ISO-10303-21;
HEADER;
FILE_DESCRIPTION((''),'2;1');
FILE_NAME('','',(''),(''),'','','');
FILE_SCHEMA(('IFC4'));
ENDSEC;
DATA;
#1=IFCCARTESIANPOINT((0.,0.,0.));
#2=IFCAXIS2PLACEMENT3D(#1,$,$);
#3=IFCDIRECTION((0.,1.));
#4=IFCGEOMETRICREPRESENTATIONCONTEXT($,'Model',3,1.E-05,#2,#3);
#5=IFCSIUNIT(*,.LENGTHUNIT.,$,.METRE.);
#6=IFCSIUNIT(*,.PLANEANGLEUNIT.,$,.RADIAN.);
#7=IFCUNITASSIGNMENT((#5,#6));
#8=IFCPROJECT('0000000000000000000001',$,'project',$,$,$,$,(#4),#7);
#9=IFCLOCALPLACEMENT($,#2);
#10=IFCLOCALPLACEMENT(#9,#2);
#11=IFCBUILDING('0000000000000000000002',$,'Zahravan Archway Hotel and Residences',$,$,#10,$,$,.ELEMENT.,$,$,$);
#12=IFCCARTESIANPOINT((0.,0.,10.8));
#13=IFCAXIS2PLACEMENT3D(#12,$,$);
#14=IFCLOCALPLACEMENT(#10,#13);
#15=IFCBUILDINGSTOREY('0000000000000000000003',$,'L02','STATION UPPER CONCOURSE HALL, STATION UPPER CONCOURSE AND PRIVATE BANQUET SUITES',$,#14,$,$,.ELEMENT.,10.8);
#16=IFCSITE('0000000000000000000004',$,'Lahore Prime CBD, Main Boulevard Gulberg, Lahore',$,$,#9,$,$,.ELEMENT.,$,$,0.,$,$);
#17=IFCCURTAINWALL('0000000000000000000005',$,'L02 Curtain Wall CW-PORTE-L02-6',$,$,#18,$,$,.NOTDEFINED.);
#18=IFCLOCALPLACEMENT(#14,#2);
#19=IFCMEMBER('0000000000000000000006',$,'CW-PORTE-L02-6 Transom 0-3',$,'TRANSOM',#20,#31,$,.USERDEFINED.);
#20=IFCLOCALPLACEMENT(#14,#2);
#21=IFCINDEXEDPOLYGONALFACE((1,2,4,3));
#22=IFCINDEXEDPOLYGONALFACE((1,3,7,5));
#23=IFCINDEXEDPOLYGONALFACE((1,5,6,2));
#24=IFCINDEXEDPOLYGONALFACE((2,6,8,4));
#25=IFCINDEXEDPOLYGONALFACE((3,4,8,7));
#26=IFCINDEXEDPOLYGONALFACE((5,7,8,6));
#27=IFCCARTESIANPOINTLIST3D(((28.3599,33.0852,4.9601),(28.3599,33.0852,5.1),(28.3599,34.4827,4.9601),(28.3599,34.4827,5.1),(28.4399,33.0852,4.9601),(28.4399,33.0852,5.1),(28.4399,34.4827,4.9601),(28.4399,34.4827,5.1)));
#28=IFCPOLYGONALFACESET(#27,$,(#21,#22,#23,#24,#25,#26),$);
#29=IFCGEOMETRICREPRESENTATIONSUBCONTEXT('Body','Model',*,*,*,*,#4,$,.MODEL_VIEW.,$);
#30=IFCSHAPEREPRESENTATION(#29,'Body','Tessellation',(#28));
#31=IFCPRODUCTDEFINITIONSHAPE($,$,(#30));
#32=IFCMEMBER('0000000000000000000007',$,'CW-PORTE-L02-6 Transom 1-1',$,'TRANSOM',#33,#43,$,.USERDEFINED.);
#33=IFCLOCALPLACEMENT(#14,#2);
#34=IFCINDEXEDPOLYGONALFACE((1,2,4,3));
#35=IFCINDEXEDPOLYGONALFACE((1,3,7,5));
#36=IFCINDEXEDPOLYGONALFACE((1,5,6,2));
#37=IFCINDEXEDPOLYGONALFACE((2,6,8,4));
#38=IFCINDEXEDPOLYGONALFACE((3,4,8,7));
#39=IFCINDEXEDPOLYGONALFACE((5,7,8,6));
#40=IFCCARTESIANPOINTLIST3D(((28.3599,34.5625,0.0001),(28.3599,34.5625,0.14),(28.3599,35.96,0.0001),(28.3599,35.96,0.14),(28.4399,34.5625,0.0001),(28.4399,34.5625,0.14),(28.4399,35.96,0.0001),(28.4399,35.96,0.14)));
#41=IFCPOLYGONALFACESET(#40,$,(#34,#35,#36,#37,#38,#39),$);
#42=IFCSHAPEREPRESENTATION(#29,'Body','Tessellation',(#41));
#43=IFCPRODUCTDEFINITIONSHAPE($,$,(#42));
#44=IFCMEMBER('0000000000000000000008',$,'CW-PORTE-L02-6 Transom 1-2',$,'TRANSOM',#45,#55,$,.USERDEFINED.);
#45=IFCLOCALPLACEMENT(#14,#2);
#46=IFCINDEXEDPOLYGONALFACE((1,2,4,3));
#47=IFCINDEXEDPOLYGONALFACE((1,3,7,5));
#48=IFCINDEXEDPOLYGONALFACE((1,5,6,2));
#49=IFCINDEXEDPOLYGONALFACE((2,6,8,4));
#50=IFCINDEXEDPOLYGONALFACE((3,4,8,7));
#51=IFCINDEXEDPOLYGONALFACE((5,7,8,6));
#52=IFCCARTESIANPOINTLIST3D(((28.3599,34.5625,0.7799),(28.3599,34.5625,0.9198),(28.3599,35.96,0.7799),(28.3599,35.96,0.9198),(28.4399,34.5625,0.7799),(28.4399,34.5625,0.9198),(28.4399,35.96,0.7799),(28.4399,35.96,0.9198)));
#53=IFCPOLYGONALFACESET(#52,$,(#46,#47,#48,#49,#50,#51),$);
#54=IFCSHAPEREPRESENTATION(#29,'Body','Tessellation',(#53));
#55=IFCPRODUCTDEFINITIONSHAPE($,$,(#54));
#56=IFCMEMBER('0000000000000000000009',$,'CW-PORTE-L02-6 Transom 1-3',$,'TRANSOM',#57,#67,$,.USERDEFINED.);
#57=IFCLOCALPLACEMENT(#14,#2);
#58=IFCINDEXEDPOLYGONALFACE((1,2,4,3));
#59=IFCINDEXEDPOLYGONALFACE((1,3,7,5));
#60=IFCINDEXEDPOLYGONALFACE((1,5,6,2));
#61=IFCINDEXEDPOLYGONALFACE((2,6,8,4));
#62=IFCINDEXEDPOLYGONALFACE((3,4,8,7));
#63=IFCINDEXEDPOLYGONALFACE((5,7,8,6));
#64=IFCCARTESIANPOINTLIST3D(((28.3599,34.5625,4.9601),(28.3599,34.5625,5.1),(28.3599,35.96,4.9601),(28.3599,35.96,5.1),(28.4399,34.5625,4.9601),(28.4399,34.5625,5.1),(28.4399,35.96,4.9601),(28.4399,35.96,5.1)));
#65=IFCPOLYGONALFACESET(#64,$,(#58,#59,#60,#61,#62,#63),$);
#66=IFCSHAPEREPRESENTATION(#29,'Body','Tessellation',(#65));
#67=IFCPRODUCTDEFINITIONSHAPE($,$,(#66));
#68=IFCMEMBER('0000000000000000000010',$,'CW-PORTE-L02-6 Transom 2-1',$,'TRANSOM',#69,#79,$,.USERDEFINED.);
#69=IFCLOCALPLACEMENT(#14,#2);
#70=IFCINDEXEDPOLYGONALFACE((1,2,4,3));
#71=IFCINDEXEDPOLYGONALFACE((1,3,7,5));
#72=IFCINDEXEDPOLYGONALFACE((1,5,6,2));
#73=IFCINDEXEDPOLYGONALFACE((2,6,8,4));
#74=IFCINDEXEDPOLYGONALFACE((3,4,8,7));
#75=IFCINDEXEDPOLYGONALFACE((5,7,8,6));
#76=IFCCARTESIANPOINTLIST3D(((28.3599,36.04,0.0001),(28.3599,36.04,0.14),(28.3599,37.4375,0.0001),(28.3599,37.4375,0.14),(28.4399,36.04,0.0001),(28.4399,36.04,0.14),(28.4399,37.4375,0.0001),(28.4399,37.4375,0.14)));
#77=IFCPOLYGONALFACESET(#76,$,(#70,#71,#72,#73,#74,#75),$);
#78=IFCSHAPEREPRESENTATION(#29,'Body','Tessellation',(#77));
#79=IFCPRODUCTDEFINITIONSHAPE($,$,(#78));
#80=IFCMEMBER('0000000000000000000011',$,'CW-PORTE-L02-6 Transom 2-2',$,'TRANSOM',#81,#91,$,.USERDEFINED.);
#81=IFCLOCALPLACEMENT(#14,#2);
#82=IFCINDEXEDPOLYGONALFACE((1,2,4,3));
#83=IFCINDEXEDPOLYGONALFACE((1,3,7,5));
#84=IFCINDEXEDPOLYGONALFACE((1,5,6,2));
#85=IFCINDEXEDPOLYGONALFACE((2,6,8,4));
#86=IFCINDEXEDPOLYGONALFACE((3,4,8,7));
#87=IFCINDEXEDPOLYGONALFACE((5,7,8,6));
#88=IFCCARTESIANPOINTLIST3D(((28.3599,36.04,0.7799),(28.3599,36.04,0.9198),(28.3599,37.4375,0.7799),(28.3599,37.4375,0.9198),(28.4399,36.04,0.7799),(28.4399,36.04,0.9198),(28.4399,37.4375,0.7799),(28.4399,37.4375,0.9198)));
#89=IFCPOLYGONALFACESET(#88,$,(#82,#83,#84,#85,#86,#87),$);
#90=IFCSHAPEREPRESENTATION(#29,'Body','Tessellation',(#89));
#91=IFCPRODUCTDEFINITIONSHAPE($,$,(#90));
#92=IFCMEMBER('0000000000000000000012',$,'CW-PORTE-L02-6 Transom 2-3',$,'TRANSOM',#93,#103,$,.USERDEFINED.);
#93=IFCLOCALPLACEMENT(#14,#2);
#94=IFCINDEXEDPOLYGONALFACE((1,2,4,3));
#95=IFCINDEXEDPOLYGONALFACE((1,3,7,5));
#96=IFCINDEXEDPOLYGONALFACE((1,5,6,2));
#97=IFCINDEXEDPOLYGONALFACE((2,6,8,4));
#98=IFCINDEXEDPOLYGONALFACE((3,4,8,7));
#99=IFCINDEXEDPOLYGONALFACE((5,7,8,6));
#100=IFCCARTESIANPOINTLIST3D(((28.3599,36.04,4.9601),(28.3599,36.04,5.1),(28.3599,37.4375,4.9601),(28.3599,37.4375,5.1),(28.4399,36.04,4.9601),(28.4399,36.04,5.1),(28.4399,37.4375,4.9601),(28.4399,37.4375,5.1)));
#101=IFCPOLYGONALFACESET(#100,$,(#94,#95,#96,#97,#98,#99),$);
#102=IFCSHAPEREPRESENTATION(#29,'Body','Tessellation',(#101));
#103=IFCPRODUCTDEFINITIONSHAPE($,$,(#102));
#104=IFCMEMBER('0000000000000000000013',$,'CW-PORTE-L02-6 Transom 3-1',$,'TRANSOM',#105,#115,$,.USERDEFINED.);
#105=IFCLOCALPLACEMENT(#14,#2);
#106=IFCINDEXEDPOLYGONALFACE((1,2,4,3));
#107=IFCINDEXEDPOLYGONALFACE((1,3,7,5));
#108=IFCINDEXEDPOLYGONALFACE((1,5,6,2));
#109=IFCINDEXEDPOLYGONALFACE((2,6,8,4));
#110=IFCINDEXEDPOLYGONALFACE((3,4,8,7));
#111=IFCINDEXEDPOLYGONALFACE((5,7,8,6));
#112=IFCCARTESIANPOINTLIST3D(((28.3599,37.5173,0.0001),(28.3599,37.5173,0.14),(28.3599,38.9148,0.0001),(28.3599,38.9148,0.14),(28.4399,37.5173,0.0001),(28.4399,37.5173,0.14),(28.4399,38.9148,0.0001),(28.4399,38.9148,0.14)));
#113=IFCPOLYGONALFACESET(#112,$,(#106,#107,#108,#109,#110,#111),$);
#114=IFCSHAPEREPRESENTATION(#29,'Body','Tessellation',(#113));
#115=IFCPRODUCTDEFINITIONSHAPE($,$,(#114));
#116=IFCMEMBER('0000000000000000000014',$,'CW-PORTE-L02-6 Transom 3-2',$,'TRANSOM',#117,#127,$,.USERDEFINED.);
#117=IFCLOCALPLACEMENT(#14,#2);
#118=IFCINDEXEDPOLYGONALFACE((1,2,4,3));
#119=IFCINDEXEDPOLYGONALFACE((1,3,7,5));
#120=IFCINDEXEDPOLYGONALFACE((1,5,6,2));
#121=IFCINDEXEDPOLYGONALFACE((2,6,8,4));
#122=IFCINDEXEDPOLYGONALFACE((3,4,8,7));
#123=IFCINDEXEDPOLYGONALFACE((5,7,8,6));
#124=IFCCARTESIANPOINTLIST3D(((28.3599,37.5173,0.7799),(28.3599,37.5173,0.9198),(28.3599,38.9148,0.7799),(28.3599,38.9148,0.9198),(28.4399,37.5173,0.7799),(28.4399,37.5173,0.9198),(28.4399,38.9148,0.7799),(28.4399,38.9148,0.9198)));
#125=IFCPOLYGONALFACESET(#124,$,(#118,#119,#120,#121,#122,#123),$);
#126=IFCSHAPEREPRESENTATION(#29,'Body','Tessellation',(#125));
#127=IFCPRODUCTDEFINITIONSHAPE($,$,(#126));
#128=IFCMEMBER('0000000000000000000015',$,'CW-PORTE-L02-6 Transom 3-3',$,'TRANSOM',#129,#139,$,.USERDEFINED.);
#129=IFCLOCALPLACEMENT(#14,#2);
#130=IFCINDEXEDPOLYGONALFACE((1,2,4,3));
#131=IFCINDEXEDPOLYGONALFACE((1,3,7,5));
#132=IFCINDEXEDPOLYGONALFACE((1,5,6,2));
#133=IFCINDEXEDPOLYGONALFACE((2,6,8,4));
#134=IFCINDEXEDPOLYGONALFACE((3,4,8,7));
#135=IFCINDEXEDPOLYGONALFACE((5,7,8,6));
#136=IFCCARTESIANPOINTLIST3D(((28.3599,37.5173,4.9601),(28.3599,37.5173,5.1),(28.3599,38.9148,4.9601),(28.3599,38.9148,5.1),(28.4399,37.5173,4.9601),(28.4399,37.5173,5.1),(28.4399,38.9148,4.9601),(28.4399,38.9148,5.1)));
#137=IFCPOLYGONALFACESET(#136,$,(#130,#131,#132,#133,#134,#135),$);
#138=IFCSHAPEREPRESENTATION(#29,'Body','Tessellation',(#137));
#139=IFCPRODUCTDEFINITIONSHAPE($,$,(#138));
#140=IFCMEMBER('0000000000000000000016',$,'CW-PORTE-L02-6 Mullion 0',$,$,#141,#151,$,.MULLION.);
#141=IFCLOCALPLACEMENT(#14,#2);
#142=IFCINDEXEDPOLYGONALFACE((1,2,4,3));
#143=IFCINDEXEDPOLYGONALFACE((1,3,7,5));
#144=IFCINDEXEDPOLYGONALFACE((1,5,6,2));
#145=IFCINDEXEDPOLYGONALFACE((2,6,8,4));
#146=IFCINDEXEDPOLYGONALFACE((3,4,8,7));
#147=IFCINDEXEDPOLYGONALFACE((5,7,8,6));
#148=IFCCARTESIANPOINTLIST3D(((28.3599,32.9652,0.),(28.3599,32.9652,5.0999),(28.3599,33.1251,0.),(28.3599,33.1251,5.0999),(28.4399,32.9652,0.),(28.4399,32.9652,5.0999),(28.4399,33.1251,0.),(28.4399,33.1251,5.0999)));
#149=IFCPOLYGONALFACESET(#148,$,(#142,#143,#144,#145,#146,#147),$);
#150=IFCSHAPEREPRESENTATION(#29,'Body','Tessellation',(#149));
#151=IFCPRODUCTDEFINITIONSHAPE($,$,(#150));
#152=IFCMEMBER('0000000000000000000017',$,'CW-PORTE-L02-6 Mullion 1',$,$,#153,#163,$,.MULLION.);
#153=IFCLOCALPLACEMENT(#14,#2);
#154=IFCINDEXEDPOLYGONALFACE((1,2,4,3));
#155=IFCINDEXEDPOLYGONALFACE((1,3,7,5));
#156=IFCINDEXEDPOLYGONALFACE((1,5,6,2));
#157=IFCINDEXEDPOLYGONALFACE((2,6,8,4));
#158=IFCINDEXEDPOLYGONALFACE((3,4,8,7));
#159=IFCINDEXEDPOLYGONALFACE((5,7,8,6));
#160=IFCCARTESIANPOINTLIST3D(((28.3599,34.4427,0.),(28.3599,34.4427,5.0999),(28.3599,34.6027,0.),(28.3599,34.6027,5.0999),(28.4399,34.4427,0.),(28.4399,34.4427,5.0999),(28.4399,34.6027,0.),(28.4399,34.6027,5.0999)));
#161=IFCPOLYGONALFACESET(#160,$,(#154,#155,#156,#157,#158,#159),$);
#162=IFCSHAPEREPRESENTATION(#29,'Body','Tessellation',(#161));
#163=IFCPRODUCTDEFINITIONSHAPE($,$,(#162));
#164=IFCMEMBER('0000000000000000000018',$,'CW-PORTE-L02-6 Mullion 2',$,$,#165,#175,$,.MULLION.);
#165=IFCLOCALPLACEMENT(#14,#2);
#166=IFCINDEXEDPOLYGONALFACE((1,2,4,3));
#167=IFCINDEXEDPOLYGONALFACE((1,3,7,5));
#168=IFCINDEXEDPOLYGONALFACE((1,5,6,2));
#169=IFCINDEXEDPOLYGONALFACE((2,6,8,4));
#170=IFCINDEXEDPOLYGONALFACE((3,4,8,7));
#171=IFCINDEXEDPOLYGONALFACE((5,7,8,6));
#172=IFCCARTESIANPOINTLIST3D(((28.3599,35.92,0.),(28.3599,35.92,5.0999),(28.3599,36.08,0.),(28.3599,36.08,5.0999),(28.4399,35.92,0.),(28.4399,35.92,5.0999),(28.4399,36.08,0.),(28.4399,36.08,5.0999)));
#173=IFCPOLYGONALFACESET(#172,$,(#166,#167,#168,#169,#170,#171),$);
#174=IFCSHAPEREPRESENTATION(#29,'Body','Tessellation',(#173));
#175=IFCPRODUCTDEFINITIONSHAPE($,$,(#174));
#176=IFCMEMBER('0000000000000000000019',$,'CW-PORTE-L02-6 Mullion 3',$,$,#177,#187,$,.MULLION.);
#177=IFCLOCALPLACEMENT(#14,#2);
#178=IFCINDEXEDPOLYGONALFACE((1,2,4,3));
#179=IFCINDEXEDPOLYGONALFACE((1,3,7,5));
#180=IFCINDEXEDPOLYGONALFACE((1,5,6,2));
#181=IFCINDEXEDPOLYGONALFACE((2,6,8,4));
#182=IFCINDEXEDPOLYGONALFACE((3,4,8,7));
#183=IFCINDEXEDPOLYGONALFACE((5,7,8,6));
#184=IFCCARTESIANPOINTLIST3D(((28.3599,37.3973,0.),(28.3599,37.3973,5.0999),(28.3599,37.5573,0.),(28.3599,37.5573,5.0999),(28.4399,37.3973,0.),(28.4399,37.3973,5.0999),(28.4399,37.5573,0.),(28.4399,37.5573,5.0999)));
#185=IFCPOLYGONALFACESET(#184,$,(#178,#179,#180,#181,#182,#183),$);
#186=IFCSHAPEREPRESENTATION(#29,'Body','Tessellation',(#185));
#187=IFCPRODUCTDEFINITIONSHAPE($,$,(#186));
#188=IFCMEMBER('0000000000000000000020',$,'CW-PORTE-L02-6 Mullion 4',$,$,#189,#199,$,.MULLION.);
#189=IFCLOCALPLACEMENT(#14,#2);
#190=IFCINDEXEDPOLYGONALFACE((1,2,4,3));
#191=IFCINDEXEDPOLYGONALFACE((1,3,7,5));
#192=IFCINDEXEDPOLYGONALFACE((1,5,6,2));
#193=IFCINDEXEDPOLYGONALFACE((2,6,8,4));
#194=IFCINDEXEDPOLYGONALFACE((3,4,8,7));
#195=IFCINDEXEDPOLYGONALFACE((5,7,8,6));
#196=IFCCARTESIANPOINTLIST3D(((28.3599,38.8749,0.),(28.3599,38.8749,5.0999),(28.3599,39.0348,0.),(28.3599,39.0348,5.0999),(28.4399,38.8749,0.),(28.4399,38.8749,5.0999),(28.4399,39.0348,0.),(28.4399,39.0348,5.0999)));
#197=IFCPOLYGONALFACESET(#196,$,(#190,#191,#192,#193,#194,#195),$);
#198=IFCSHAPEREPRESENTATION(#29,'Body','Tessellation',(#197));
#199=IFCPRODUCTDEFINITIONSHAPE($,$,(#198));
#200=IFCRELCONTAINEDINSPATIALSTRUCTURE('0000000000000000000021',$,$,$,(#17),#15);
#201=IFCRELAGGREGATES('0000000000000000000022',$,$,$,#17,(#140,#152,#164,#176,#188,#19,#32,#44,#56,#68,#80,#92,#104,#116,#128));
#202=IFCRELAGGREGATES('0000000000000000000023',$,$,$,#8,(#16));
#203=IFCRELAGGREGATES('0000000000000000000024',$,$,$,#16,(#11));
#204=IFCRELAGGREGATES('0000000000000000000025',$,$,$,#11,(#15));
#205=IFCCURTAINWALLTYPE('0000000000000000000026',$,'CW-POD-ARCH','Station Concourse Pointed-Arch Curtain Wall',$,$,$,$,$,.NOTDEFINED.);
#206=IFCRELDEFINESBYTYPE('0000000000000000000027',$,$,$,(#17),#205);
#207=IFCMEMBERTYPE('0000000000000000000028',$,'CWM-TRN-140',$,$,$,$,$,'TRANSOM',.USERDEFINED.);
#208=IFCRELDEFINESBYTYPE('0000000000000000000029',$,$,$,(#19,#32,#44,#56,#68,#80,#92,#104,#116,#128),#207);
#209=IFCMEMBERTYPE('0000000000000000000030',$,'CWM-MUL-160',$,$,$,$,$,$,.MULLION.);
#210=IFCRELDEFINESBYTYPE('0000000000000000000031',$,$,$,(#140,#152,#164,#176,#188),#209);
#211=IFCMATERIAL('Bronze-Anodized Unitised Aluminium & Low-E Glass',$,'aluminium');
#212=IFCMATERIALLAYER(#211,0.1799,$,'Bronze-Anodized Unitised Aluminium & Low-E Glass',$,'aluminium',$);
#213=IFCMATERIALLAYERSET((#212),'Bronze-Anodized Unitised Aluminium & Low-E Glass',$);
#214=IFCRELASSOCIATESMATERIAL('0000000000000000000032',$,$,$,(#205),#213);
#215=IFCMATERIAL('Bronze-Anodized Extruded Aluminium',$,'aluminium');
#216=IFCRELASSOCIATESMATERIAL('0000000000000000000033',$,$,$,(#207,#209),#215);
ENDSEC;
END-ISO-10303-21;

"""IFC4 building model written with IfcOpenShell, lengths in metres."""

from ifc_helpers import new_model, si_unit, direction, frame, origin, origin_2d, place, context, subcontext, project, spatial, rectangle, extrude, source, transform, mapped, material, layer, layer_set, material_profile, profile_set, type_object, element, aggregate, save


model = new_model("IFC4")

# Units and contexts
model_context = context("Model", 3, precision=1e-05, world=origin(), true_north=direction((0.0, 1.0)))
body_context = subcontext(model_context, "Body", "Model", "MODEL_VIEW")
ifc_project = project(units=[si_unit("LENGTHUNIT", "METRE"), si_unit("PLANEANGLEUNIT", "RADIAN")], contexts=[model_context])

# Site, building, storey
site_placement = place(None, origin())
site = spatial("IfcSite", under=ifc_project, at=site_placement, Name="Lahore Prime CBD, Main Boulevard Gulberg, Lahore", CompositionType="ELEMENT", RefElevation=0.0)
building_placement = place(site_placement, origin())
building = spatial("IfcBuilding", under=site, at=building_placement, Name="Zahravan Archway Hotel and Residences", CompositionType="ELEMENT")
storey_placement = place(building_placement, frame((0.0, 0.0, 10.8)))
storey = spatial("IfcBuildingStorey", under=building, at=storey_placement, Name="L02", Description="STATION UPPER CONCOURSE HALL, STATION UPPER CONCOURSE AND PRIVATE BANQUET SUITES", CompositionType="ELEMENT", Elevation=10.8)

# Curtain wall, members
ifc_material_1 = material(Name="Bronze-Anodized Unitised Aluminium & Low-E Glass", Category="aluminium")
ifc_layer_1 = layer(ifc_material_1, 0.1799, Name="Bronze-Anodized Unitised Aluminium & Low-E Glass", Category="aluminium")
ifc_layer_set_1 = layer_set([ifc_layer_1], Name="Bronze-Anodized Unitised Aluminium & Low-E Glass")
curtain_wall_type = type_object("IfcCurtainWallType", Name="CW-POD-ARCH", Description="Station Concourse Pointed-Arch Curtain Wall", PredefinedType="NOTDEFINED", material=ifc_layer_set_1)
curtain_wall_placement = place(storey_placement, origin())
curtain_wall = element("IfcCurtainWall", 1, at=curtain_wall_placement, inside=storey, type_object=curtain_wall_type, Name="L02 Curtain Wall CW-PORTE-L02-6", PredefinedType="NOTDEFINED")
ifc_material_2 = material(Name="Bronze-Anodized Extruded Aluminium", Category="aluminium")
ifc_material_profile_1 = material_profile(ifc_material_2, rectangle(XDim=0.0801, YDim=0.1399, at=origin_2d()), Name="TRN 80x140", Category="aluminium")
ifc_profile_set_1 = profile_set([ifc_material_profile_1], Name="Bronze-Anodized Extruded Aluminium")
member_type_1 = type_object("IfcMemberType", Name="CWM-TRN-140", ElementType="TRANSOM", PredefinedType="USERDEFINED", material=ifc_profile_set_1)
shared_shape_1 = source(origin(), body_context, "Body", "SweptSolid", [
    extrude(rectangle(XDim=0.0801, YDim=0.1399, at=origin_2d()), origin(), (0.0, 0.0, 1.0), 1.3975),
])
member_1_placement = place(storey_placement, frame((28.3999, 33.0852, 5.03), z_axis=(0.0, 1.0, 0.0), x_axis=(-1.0, 0.0, 0.0)))
member_1 = element("IfcMember", 2, at=member_1_placement, type_object=member_type_1, Name="CW-PORTE-L02-6 Transom 0-3", ObjectType="TRANSOM", PredefinedType="USERDEFINED", context=body_context, shape_type="MappedRepresentation", body=[
    mapped(shared_shape_1, transform((0.0, 0.0, 0.0), scale=1.0)),
])
member_2_placement = place(storey_placement, frame((28.3999, 34.5625, 0.0701), z_axis=(0.0, 1.0, 0.0), x_axis=(-1.0, 0.0, 0.0)))
member_2 = element("IfcMember", 3, at=member_2_placement, type_object=member_type_1, Name="CW-PORTE-L02-6 Transom 1-1", ObjectType="TRANSOM", PredefinedType="USERDEFINED", context=body_context, shape_type="MappedRepresentation", body=[
    mapped(shared_shape_1, transform((0.0, 0.0, 0.0), scale=1.0)),
])
member_3_placement = place(storey_placement, frame((28.3999, 34.5625, 0.8499), z_axis=(0.0, 1.0, 0.0), x_axis=(-1.0, 0.0, 0.0)))
member_3 = element("IfcMember", 4, at=member_3_placement, type_object=member_type_1, Name="CW-PORTE-L02-6 Transom 1-2", ObjectType="TRANSOM", PredefinedType="USERDEFINED", context=body_context, shape_type="MappedRepresentation", body=[
    mapped(shared_shape_1, transform((0.0, 0.0, 0.0), scale=1.0)),
])
member_4_placement = place(storey_placement, frame((28.3999, 34.5625, 5.03), z_axis=(0.0, 1.0, 0.0), x_axis=(-1.0, 0.0, 0.0)))
member_4 = element("IfcMember", 5, at=member_4_placement, type_object=member_type_1, Name="CW-PORTE-L02-6 Transom 1-3", ObjectType="TRANSOM", PredefinedType="USERDEFINED", context=body_context, shape_type="MappedRepresentation", body=[
    mapped(shared_shape_1, transform((0.0, 0.0, 0.0), scale=1.0)),
])
member_5_placement = place(storey_placement, frame((28.3999, 36.04, 0.0701), z_axis=(0.0, 1.0, 0.0), x_axis=(-1.0, 0.0, 0.0)))
member_5 = element("IfcMember", 6, at=member_5_placement, type_object=member_type_1, Name="CW-PORTE-L02-6 Transom 2-1", ObjectType="TRANSOM", PredefinedType="USERDEFINED", context=body_context, shape_type="MappedRepresentation", body=[
    mapped(shared_shape_1, transform((0.0, 0.0, 0.0), scale=1.0)),
])
member_6_placement = place(storey_placement, frame((28.3999, 36.04, 0.8499), z_axis=(0.0, 1.0, 0.0), x_axis=(-1.0, 0.0, 0.0)))
member_6 = element("IfcMember", 7, at=member_6_placement, type_object=member_type_1, Name="CW-PORTE-L02-6 Transom 2-2", ObjectType="TRANSOM", PredefinedType="USERDEFINED", context=body_context, shape_type="MappedRepresentation", body=[
    mapped(shared_shape_1, transform((0.0, 0.0, 0.0), scale=1.0)),
])
member_7_placement = place(storey_placement, frame((28.3999, 36.04, 5.03), z_axis=(0.0, 1.0, 0.0), x_axis=(-1.0, 0.0, 0.0)))
member_7 = element("IfcMember", 8, at=member_7_placement, type_object=member_type_1, Name="CW-PORTE-L02-6 Transom 2-3", ObjectType="TRANSOM", PredefinedType="USERDEFINED", context=body_context, shape_type="MappedRepresentation", body=[
    mapped(shared_shape_1, transform((0.0, 0.0, 0.0), scale=1.0)),
])
member_8_placement = place(storey_placement, frame((28.3999, 37.5173, 0.0701), z_axis=(0.0, 1.0, 0.0), x_axis=(-1.0, 0.0, 0.0)))
member_8 = element("IfcMember", 9, at=member_8_placement, type_object=member_type_1, Name="CW-PORTE-L02-6 Transom 3-1", ObjectType="TRANSOM", PredefinedType="USERDEFINED", context=body_context, shape_type="MappedRepresentation", body=[
    mapped(shared_shape_1, transform((0.0, 0.0, 0.0), scale=1.0)),
])
member_9_placement = place(storey_placement, frame((28.3999, 37.5173, 0.8499), z_axis=(0.0, 1.0, 0.0), x_axis=(-1.0, 0.0, 0.0)))
member_9 = element("IfcMember", 10, at=member_9_placement, type_object=member_type_1, Name="CW-PORTE-L02-6 Transom 3-2", ObjectType="TRANSOM", PredefinedType="USERDEFINED", context=body_context, shape_type="MappedRepresentation", body=[
    mapped(shared_shape_1, transform((0.0, 0.0, 0.0), scale=1.0)),
])
member_10_placement = place(storey_placement, frame((28.3999, 37.5173, 5.03), z_axis=(0.0, 1.0, 0.0), x_axis=(-1.0, 0.0, 0.0)))
member_10 = element("IfcMember", 11, at=member_10_placement, type_object=member_type_1, Name="CW-PORTE-L02-6 Transom 3-3", ObjectType="TRANSOM", PredefinedType="USERDEFINED", context=body_context, shape_type="MappedRepresentation", body=[
    mapped(shared_shape_1, transform((0.0, 0.0, 0.0), scale=1.0)),
])
ifc_material_profile_2 = material_profile(ifc_material_2, rectangle(XDim=0.0801, YDim=0.1599, at=origin_2d()), Name="MUL 80x160", Category="aluminium")
ifc_profile_set_2 = profile_set([ifc_material_profile_2], Name="Bronze-Anodized Extruded Aluminium")
member_type_2 = type_object("IfcMemberType", Name="CWM-MUL-160", PredefinedType="MULLION", material=ifc_profile_set_2)
shared_shape_2 = source(origin(), body_context, "Body", "SweptSolid", [
    extrude(rectangle(XDim=0.0801, YDim=0.1599, at=origin_2d()), origin(), (0.0, 0.0, 1.0), 5.0999),
])
member_11_placement = place(storey_placement, frame((28.3999, 33.0452, 0.0), z_axis=(0.0, 0.0, 1.0), x_axis=(1.0, 0.0, 0.0)))
member_11 = element("IfcMember", 12, at=member_11_placement, type_object=member_type_2, Name="CW-PORTE-L02-6 Mullion 0", PredefinedType="MULLION", context=body_context, shape_type="MappedRepresentation", body=[
    mapped(shared_shape_2, transform((0.0, 0.0, 0.0), scale=1.0)),
])
member_12_placement = place(storey_placement, frame((28.3999, 34.5227, 0.0), z_axis=(0.0, 0.0, 1.0), x_axis=(1.0, 0.0, 0.0)))
member_12 = element("IfcMember", 13, at=member_12_placement, type_object=member_type_2, Name="CW-PORTE-L02-6 Mullion 1", PredefinedType="MULLION", context=body_context, shape_type="MappedRepresentation", body=[
    mapped(shared_shape_2, transform((0.0, 0.0, 0.0), scale=1.0)),
])
member_13_placement = place(storey_placement, frame((28.3999, 36.0, 0.0), z_axis=(0.0, 0.0, 1.0), x_axis=(1.0, 0.0, 0.0)))
member_13 = element("IfcMember", 14, at=member_13_placement, type_object=member_type_2, Name="CW-PORTE-L02-6 Mullion 2", PredefinedType="MULLION", context=body_context, shape_type="MappedRepresentation", body=[
    mapped(shared_shape_2, transform((0.0, 0.0, 0.0), scale=1.0)),
])
member_14_placement = place(storey_placement, frame((28.3999, 37.4773, 0.0), z_axis=(0.0, 0.0, 1.0), x_axis=(1.0, 0.0, 0.0)))
member_14 = element("IfcMember", 15, at=member_14_placement, type_object=member_type_2, Name="CW-PORTE-L02-6 Mullion 3", PredefinedType="MULLION", context=body_context, shape_type="MappedRepresentation", body=[
    mapped(shared_shape_2, transform((0.0, 0.0, 0.0), scale=1.0)),
])
member_15_placement = place(storey_placement, frame((28.3999, 38.9548, 0.0), z_axis=(0.0, 0.0, 1.0), x_axis=(1.0, 0.0, 0.0)))
member_15 = element("IfcMember", 16, at=member_15_placement, type_object=member_type_2, Name="CW-PORTE-L02-6 Mullion 4", PredefinedType="MULLION", context=body_context, shape_type="MappedRepresentation", body=[
    mapped(shared_shape_2, transform((0.0, 0.0, 0.0), scale=1.0)),
])
aggregate(curtain_wall, [member_11, member_12, member_13, member_14, member_15, member_1, member_2, member_3, member_4, member_5, member_6, member_7, member_8, member_9, member_10])

save(model, "model.ifc")
